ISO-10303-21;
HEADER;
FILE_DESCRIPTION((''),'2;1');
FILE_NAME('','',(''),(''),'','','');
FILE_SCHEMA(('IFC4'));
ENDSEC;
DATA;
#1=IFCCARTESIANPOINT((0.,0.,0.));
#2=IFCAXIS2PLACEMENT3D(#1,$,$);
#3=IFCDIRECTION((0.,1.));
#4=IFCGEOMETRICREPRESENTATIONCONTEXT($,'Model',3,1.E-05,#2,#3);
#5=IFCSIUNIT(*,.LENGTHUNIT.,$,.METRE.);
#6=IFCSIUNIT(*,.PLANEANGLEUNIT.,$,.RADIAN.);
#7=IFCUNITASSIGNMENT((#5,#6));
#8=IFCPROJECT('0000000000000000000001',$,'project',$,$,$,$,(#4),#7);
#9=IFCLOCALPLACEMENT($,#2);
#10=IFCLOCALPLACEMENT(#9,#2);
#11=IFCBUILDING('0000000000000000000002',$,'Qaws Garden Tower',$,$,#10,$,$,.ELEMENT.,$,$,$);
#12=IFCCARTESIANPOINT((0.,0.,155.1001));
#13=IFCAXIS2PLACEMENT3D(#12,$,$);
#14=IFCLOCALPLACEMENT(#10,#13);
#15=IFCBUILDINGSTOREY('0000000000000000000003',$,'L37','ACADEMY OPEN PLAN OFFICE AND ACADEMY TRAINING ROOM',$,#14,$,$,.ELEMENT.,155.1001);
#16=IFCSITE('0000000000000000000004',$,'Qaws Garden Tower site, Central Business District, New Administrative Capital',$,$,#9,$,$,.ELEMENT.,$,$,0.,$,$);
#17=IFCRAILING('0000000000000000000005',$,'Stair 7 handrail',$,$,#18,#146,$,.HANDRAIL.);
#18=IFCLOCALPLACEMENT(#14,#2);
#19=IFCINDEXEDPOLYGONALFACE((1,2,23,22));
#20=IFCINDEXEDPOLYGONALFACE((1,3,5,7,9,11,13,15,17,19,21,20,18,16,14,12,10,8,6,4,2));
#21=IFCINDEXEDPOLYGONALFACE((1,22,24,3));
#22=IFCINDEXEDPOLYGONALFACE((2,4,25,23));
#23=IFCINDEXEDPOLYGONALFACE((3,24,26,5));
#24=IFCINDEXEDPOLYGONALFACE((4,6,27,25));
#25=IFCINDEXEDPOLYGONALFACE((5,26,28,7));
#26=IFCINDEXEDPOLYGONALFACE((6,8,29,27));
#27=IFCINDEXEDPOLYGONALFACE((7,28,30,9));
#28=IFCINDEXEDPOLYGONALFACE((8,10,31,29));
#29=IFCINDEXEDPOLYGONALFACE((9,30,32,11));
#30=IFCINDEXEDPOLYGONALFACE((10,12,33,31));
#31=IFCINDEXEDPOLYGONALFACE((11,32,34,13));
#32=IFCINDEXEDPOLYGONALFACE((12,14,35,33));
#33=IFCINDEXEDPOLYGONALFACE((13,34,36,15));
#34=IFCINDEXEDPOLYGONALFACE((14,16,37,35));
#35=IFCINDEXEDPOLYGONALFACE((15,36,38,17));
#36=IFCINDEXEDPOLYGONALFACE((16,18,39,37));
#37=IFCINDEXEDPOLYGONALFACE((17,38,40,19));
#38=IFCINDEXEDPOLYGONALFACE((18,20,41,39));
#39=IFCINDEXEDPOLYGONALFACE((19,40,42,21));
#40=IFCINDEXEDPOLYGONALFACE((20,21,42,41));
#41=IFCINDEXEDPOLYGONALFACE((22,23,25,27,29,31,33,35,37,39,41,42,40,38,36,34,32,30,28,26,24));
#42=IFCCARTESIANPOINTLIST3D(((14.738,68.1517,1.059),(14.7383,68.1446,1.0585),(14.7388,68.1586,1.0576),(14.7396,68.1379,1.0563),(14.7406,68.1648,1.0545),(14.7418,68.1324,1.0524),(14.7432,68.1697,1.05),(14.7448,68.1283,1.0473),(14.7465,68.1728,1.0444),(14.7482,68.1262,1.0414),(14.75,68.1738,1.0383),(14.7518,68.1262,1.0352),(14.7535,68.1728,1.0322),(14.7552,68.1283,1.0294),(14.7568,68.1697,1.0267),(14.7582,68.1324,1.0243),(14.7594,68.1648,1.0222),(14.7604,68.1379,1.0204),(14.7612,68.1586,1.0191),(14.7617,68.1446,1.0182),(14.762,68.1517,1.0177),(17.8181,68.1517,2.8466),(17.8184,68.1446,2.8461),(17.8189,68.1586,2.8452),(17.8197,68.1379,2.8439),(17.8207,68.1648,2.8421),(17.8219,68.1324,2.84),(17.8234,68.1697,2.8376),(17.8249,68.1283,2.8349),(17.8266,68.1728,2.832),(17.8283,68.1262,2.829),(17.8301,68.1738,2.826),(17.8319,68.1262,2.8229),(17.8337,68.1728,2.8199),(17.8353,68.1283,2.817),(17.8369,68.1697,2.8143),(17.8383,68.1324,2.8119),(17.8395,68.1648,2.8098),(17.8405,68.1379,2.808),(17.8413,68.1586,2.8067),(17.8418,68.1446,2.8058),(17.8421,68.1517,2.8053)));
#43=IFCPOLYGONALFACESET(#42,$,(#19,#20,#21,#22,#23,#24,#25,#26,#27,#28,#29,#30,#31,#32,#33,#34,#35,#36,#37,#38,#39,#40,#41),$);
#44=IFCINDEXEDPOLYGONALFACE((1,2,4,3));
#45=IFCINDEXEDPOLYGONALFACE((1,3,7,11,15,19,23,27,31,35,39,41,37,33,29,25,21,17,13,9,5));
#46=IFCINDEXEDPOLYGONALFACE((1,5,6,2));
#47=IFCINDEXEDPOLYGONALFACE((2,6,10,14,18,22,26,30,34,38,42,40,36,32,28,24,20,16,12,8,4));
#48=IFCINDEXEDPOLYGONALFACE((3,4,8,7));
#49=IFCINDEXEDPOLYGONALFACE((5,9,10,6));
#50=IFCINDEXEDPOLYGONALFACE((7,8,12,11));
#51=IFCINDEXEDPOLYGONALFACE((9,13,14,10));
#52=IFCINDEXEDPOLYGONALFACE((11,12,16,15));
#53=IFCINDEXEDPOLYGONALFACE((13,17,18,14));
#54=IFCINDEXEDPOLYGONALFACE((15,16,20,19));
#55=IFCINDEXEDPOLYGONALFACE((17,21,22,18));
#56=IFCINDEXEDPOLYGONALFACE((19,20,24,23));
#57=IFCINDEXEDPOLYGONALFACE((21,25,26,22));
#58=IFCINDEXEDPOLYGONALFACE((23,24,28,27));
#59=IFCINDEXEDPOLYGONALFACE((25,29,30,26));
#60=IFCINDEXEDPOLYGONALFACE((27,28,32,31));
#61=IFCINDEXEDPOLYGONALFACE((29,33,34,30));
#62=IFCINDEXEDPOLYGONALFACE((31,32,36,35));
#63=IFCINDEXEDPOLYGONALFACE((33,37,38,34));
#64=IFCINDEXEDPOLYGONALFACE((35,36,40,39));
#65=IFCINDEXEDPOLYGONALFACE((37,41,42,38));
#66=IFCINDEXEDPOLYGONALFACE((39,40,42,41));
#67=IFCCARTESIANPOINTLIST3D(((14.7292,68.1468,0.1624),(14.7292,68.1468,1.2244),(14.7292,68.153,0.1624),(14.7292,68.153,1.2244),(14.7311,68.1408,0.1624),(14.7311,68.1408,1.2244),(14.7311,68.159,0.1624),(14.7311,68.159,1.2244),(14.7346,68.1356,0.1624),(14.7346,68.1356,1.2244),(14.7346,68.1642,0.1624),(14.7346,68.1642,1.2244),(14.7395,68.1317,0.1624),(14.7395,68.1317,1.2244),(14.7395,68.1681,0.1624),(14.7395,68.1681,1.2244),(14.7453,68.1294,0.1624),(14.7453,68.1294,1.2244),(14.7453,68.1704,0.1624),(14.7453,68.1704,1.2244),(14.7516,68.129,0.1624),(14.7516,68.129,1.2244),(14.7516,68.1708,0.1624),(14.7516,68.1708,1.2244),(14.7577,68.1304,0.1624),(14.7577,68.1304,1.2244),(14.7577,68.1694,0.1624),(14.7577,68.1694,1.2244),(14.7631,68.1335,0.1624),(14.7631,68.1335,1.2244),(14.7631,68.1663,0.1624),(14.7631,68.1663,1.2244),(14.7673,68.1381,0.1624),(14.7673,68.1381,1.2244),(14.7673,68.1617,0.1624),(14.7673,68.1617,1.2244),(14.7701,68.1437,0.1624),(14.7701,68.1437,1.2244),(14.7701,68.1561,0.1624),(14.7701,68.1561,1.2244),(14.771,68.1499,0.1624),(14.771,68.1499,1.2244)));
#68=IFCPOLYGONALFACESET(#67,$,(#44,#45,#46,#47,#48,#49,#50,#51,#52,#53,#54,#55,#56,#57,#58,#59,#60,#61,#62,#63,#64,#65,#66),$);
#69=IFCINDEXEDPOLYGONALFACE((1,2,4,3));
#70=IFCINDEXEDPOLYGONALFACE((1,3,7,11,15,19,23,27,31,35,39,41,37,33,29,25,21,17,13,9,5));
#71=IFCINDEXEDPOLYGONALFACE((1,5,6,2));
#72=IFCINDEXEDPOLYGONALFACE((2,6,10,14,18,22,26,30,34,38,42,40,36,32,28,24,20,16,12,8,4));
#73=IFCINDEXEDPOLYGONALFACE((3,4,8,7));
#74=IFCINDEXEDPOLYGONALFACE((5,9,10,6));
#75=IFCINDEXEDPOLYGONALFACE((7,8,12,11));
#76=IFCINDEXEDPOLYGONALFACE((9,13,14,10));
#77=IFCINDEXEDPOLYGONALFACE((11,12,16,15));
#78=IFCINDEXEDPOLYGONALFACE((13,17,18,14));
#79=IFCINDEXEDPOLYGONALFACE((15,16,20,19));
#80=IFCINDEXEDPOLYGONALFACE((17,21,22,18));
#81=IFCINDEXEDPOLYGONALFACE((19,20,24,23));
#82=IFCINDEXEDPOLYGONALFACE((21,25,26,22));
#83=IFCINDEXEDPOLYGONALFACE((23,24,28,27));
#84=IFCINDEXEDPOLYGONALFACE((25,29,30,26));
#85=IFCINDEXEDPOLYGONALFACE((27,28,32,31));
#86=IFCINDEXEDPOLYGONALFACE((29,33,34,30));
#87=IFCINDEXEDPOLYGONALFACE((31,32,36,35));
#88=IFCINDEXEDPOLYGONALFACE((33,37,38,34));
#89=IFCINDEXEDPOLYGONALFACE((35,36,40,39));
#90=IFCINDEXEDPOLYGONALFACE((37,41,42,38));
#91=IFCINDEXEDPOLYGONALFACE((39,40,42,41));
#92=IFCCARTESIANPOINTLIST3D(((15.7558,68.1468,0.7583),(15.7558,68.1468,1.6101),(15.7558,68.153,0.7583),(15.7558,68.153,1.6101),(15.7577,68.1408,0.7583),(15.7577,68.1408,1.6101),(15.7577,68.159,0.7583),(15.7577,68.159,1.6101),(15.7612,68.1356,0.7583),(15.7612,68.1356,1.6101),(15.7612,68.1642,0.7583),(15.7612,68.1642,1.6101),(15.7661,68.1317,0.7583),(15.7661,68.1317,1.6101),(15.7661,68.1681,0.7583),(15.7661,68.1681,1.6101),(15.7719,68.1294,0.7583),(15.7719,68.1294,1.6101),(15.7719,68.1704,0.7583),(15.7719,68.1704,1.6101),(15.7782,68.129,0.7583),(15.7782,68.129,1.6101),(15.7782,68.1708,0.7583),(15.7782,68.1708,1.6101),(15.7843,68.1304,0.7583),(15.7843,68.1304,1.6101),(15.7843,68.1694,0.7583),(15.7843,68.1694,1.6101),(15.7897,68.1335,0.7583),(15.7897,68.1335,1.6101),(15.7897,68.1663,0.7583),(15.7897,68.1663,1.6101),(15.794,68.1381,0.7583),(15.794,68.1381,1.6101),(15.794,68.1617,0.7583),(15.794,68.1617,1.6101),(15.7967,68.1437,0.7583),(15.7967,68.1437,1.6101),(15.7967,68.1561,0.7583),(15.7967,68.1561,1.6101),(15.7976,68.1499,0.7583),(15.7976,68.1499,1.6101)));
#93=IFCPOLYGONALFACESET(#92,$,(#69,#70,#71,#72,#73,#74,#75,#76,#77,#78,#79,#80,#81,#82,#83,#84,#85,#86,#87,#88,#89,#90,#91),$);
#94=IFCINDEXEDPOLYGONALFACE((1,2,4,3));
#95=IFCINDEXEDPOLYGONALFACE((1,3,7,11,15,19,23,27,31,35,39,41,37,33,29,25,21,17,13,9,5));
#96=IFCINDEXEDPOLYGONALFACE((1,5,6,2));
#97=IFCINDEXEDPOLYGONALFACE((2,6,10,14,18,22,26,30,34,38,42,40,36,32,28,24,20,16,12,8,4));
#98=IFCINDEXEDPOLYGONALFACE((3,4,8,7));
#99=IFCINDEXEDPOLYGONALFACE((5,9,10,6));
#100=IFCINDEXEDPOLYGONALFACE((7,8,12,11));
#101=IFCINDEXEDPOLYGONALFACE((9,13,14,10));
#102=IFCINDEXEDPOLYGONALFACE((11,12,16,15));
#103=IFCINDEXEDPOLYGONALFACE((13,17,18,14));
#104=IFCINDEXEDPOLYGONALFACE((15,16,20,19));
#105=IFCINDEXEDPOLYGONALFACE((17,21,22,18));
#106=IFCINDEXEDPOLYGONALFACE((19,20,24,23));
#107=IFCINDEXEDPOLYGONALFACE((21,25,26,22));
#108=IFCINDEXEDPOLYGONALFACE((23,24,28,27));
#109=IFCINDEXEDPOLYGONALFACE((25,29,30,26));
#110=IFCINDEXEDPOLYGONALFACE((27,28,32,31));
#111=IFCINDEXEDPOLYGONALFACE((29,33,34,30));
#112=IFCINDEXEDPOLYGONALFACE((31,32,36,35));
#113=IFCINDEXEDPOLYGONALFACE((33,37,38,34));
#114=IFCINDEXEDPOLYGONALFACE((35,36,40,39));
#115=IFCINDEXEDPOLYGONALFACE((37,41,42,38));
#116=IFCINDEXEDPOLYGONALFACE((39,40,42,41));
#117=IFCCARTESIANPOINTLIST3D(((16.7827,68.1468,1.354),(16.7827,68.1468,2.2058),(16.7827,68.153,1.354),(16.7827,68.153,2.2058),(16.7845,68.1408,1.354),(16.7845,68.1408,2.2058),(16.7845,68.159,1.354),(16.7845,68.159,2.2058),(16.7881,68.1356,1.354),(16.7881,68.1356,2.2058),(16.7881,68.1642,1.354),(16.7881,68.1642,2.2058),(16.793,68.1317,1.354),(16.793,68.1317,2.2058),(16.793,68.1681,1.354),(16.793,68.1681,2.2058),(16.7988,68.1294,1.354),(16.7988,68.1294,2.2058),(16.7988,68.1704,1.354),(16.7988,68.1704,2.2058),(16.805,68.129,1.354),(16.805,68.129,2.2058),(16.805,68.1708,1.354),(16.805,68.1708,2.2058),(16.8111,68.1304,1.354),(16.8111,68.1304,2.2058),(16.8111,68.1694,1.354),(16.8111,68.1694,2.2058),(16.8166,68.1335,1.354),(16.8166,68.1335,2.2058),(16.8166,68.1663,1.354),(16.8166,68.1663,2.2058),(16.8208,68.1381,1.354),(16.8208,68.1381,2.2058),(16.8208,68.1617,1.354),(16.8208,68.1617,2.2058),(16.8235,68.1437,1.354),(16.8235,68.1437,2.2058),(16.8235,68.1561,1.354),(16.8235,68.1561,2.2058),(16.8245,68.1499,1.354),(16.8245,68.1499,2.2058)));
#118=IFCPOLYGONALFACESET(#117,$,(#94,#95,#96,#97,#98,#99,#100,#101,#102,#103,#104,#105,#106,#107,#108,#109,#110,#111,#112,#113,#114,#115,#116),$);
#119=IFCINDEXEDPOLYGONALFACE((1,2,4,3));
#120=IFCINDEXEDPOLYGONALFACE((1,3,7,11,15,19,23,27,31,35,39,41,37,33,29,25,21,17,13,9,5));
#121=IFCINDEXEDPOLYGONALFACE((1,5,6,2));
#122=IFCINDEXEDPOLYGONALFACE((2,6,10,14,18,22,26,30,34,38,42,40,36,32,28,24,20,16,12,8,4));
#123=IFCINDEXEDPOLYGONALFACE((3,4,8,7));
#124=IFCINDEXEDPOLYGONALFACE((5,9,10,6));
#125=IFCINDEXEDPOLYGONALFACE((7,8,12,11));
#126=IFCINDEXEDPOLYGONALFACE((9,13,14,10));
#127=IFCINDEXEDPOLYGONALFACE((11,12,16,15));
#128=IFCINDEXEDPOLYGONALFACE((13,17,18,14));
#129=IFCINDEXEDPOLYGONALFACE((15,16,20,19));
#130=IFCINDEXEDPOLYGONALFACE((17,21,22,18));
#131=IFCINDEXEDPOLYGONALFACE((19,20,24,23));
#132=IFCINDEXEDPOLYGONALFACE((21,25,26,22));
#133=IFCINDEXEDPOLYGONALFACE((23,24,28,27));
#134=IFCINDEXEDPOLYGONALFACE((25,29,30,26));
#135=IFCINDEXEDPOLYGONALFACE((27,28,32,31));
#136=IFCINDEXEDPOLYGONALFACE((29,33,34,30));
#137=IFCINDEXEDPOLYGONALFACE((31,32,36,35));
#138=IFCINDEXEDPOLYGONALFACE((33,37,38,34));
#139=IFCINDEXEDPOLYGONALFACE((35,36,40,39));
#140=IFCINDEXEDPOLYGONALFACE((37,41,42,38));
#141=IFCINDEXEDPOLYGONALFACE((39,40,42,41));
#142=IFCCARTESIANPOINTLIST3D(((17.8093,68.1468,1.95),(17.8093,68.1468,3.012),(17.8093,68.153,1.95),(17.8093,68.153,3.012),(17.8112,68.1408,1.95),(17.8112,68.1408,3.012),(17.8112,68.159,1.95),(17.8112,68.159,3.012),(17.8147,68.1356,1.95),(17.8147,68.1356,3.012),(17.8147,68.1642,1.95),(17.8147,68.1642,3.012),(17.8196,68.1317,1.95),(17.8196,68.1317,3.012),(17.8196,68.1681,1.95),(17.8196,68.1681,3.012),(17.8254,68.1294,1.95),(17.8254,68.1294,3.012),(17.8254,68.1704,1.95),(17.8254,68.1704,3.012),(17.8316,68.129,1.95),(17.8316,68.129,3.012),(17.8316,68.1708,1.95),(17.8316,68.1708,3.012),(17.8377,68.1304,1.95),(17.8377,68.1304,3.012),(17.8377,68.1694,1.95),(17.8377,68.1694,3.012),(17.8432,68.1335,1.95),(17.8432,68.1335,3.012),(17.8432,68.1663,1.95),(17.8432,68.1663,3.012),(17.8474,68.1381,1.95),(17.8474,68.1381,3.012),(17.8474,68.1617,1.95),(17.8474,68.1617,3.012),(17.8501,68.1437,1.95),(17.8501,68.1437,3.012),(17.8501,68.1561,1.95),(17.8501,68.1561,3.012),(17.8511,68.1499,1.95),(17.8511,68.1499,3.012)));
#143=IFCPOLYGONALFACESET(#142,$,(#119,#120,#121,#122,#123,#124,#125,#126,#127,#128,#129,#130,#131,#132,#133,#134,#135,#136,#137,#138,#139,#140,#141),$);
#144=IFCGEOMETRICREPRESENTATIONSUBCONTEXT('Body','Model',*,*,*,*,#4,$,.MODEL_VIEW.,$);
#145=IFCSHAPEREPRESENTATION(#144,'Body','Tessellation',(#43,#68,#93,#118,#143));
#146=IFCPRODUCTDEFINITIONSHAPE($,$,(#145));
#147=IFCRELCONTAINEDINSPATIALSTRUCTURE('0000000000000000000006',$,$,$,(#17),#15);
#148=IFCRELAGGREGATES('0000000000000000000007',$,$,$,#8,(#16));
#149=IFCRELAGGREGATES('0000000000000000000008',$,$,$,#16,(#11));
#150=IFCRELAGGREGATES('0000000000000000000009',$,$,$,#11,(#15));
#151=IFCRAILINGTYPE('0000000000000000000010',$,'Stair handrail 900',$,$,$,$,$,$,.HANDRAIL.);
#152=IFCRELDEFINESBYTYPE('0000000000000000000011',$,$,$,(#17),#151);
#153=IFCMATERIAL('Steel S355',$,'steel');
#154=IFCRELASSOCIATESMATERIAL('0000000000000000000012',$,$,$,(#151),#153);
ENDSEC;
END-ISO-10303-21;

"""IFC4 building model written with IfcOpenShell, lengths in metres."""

from ifc_helpers import new_model, si_unit, direction, frame, origin, origin_2d, place, context, subcontext, project, spatial, circle, extrude, material, type_object, element, save


model = new_model("IFC4")

# Units and contexts
model_context = context("Model", 3, precision=1e-05, world=origin(), true_north=direction((0.0, 1.0)))
body_context = subcontext(model_context, "Body", "Model", "MODEL_VIEW")
ifc_project = project(units=[si_unit("LENGTHUNIT", "METRE"), si_unit("PLANEANGLEUNIT", "RADIAN")], contexts=[model_context])

# Site, building, storey
site_placement = place(None, origin())
site = spatial("IfcSite", under=ifc_project, at=site_placement, Name="Qaws Garden Tower site, Central Business District, New Administrative Capital", CompositionType="ELEMENT", RefElevation=0.0)
building_placement = place(site_placement, origin())
building = spatial("IfcBuilding", under=site, at=building_placement, Name="Qaws Garden Tower", CompositionType="ELEMENT")
storey_placement = place(building_placement, frame((0.0, 0.0, 155.1001)))
storey = spatial("IfcBuildingStorey", under=building, at=storey_placement, Name="L37", Description="ACADEMY OPEN PLAN OFFICE AND ACADEMY TRAINING ROOM", CompositionType="ELEMENT", Elevation=155.1001)

# Railing
ifc_material_1 = material(Name="Steel S355", Category="steel")
railing_type = type_object("IfcRailingType", Name="Stair handrail 900", PredefinedType="HANDRAIL", material=ifc_material_1)
railing_1_placement = place(storey_placement, frame((14.75, 68.1499, 0.1624)))
element("IfcRailing", 1, at=railing_1_placement, inside=storey, type_object=railing_type, Name="Stair 7 handrail", PredefinedType="HANDRAIL", context=body_context, shape_type="SweptSolid", body=[
    extrude(circle(Radius=0.0239, at=origin_2d()), frame((0.0, 0.0, 0.876), z_axis=(0.864891, 0.0, 0.50196), x_axis=(0.0, 1.0, 0.0)), (0.0, 0.0, 1.0), 3.5613),
    extrude(circle(Radius=0.021, at=origin_2d()), origin(), (0.0, 0.0, 1.0), 1.062),
    extrude(circle(Radius=0.021, at=origin_2d()), frame((1.0266, 0.0, 0.5959)), (0.0, 0.0, 1.0), 0.8518),
    extrude(circle(Radius=0.021, at=origin_2d()), frame((2.0535, 0.0, 1.1917)), (0.0, 0.0, 1.0), 0.8518),
    extrude(circle(Radius=0.021, at=origin_2d()), frame((3.0801, 0.0, 1.7876)), (0.0, 0.0, 1.0), 1.062),
])

save(model, "model.ifc")
